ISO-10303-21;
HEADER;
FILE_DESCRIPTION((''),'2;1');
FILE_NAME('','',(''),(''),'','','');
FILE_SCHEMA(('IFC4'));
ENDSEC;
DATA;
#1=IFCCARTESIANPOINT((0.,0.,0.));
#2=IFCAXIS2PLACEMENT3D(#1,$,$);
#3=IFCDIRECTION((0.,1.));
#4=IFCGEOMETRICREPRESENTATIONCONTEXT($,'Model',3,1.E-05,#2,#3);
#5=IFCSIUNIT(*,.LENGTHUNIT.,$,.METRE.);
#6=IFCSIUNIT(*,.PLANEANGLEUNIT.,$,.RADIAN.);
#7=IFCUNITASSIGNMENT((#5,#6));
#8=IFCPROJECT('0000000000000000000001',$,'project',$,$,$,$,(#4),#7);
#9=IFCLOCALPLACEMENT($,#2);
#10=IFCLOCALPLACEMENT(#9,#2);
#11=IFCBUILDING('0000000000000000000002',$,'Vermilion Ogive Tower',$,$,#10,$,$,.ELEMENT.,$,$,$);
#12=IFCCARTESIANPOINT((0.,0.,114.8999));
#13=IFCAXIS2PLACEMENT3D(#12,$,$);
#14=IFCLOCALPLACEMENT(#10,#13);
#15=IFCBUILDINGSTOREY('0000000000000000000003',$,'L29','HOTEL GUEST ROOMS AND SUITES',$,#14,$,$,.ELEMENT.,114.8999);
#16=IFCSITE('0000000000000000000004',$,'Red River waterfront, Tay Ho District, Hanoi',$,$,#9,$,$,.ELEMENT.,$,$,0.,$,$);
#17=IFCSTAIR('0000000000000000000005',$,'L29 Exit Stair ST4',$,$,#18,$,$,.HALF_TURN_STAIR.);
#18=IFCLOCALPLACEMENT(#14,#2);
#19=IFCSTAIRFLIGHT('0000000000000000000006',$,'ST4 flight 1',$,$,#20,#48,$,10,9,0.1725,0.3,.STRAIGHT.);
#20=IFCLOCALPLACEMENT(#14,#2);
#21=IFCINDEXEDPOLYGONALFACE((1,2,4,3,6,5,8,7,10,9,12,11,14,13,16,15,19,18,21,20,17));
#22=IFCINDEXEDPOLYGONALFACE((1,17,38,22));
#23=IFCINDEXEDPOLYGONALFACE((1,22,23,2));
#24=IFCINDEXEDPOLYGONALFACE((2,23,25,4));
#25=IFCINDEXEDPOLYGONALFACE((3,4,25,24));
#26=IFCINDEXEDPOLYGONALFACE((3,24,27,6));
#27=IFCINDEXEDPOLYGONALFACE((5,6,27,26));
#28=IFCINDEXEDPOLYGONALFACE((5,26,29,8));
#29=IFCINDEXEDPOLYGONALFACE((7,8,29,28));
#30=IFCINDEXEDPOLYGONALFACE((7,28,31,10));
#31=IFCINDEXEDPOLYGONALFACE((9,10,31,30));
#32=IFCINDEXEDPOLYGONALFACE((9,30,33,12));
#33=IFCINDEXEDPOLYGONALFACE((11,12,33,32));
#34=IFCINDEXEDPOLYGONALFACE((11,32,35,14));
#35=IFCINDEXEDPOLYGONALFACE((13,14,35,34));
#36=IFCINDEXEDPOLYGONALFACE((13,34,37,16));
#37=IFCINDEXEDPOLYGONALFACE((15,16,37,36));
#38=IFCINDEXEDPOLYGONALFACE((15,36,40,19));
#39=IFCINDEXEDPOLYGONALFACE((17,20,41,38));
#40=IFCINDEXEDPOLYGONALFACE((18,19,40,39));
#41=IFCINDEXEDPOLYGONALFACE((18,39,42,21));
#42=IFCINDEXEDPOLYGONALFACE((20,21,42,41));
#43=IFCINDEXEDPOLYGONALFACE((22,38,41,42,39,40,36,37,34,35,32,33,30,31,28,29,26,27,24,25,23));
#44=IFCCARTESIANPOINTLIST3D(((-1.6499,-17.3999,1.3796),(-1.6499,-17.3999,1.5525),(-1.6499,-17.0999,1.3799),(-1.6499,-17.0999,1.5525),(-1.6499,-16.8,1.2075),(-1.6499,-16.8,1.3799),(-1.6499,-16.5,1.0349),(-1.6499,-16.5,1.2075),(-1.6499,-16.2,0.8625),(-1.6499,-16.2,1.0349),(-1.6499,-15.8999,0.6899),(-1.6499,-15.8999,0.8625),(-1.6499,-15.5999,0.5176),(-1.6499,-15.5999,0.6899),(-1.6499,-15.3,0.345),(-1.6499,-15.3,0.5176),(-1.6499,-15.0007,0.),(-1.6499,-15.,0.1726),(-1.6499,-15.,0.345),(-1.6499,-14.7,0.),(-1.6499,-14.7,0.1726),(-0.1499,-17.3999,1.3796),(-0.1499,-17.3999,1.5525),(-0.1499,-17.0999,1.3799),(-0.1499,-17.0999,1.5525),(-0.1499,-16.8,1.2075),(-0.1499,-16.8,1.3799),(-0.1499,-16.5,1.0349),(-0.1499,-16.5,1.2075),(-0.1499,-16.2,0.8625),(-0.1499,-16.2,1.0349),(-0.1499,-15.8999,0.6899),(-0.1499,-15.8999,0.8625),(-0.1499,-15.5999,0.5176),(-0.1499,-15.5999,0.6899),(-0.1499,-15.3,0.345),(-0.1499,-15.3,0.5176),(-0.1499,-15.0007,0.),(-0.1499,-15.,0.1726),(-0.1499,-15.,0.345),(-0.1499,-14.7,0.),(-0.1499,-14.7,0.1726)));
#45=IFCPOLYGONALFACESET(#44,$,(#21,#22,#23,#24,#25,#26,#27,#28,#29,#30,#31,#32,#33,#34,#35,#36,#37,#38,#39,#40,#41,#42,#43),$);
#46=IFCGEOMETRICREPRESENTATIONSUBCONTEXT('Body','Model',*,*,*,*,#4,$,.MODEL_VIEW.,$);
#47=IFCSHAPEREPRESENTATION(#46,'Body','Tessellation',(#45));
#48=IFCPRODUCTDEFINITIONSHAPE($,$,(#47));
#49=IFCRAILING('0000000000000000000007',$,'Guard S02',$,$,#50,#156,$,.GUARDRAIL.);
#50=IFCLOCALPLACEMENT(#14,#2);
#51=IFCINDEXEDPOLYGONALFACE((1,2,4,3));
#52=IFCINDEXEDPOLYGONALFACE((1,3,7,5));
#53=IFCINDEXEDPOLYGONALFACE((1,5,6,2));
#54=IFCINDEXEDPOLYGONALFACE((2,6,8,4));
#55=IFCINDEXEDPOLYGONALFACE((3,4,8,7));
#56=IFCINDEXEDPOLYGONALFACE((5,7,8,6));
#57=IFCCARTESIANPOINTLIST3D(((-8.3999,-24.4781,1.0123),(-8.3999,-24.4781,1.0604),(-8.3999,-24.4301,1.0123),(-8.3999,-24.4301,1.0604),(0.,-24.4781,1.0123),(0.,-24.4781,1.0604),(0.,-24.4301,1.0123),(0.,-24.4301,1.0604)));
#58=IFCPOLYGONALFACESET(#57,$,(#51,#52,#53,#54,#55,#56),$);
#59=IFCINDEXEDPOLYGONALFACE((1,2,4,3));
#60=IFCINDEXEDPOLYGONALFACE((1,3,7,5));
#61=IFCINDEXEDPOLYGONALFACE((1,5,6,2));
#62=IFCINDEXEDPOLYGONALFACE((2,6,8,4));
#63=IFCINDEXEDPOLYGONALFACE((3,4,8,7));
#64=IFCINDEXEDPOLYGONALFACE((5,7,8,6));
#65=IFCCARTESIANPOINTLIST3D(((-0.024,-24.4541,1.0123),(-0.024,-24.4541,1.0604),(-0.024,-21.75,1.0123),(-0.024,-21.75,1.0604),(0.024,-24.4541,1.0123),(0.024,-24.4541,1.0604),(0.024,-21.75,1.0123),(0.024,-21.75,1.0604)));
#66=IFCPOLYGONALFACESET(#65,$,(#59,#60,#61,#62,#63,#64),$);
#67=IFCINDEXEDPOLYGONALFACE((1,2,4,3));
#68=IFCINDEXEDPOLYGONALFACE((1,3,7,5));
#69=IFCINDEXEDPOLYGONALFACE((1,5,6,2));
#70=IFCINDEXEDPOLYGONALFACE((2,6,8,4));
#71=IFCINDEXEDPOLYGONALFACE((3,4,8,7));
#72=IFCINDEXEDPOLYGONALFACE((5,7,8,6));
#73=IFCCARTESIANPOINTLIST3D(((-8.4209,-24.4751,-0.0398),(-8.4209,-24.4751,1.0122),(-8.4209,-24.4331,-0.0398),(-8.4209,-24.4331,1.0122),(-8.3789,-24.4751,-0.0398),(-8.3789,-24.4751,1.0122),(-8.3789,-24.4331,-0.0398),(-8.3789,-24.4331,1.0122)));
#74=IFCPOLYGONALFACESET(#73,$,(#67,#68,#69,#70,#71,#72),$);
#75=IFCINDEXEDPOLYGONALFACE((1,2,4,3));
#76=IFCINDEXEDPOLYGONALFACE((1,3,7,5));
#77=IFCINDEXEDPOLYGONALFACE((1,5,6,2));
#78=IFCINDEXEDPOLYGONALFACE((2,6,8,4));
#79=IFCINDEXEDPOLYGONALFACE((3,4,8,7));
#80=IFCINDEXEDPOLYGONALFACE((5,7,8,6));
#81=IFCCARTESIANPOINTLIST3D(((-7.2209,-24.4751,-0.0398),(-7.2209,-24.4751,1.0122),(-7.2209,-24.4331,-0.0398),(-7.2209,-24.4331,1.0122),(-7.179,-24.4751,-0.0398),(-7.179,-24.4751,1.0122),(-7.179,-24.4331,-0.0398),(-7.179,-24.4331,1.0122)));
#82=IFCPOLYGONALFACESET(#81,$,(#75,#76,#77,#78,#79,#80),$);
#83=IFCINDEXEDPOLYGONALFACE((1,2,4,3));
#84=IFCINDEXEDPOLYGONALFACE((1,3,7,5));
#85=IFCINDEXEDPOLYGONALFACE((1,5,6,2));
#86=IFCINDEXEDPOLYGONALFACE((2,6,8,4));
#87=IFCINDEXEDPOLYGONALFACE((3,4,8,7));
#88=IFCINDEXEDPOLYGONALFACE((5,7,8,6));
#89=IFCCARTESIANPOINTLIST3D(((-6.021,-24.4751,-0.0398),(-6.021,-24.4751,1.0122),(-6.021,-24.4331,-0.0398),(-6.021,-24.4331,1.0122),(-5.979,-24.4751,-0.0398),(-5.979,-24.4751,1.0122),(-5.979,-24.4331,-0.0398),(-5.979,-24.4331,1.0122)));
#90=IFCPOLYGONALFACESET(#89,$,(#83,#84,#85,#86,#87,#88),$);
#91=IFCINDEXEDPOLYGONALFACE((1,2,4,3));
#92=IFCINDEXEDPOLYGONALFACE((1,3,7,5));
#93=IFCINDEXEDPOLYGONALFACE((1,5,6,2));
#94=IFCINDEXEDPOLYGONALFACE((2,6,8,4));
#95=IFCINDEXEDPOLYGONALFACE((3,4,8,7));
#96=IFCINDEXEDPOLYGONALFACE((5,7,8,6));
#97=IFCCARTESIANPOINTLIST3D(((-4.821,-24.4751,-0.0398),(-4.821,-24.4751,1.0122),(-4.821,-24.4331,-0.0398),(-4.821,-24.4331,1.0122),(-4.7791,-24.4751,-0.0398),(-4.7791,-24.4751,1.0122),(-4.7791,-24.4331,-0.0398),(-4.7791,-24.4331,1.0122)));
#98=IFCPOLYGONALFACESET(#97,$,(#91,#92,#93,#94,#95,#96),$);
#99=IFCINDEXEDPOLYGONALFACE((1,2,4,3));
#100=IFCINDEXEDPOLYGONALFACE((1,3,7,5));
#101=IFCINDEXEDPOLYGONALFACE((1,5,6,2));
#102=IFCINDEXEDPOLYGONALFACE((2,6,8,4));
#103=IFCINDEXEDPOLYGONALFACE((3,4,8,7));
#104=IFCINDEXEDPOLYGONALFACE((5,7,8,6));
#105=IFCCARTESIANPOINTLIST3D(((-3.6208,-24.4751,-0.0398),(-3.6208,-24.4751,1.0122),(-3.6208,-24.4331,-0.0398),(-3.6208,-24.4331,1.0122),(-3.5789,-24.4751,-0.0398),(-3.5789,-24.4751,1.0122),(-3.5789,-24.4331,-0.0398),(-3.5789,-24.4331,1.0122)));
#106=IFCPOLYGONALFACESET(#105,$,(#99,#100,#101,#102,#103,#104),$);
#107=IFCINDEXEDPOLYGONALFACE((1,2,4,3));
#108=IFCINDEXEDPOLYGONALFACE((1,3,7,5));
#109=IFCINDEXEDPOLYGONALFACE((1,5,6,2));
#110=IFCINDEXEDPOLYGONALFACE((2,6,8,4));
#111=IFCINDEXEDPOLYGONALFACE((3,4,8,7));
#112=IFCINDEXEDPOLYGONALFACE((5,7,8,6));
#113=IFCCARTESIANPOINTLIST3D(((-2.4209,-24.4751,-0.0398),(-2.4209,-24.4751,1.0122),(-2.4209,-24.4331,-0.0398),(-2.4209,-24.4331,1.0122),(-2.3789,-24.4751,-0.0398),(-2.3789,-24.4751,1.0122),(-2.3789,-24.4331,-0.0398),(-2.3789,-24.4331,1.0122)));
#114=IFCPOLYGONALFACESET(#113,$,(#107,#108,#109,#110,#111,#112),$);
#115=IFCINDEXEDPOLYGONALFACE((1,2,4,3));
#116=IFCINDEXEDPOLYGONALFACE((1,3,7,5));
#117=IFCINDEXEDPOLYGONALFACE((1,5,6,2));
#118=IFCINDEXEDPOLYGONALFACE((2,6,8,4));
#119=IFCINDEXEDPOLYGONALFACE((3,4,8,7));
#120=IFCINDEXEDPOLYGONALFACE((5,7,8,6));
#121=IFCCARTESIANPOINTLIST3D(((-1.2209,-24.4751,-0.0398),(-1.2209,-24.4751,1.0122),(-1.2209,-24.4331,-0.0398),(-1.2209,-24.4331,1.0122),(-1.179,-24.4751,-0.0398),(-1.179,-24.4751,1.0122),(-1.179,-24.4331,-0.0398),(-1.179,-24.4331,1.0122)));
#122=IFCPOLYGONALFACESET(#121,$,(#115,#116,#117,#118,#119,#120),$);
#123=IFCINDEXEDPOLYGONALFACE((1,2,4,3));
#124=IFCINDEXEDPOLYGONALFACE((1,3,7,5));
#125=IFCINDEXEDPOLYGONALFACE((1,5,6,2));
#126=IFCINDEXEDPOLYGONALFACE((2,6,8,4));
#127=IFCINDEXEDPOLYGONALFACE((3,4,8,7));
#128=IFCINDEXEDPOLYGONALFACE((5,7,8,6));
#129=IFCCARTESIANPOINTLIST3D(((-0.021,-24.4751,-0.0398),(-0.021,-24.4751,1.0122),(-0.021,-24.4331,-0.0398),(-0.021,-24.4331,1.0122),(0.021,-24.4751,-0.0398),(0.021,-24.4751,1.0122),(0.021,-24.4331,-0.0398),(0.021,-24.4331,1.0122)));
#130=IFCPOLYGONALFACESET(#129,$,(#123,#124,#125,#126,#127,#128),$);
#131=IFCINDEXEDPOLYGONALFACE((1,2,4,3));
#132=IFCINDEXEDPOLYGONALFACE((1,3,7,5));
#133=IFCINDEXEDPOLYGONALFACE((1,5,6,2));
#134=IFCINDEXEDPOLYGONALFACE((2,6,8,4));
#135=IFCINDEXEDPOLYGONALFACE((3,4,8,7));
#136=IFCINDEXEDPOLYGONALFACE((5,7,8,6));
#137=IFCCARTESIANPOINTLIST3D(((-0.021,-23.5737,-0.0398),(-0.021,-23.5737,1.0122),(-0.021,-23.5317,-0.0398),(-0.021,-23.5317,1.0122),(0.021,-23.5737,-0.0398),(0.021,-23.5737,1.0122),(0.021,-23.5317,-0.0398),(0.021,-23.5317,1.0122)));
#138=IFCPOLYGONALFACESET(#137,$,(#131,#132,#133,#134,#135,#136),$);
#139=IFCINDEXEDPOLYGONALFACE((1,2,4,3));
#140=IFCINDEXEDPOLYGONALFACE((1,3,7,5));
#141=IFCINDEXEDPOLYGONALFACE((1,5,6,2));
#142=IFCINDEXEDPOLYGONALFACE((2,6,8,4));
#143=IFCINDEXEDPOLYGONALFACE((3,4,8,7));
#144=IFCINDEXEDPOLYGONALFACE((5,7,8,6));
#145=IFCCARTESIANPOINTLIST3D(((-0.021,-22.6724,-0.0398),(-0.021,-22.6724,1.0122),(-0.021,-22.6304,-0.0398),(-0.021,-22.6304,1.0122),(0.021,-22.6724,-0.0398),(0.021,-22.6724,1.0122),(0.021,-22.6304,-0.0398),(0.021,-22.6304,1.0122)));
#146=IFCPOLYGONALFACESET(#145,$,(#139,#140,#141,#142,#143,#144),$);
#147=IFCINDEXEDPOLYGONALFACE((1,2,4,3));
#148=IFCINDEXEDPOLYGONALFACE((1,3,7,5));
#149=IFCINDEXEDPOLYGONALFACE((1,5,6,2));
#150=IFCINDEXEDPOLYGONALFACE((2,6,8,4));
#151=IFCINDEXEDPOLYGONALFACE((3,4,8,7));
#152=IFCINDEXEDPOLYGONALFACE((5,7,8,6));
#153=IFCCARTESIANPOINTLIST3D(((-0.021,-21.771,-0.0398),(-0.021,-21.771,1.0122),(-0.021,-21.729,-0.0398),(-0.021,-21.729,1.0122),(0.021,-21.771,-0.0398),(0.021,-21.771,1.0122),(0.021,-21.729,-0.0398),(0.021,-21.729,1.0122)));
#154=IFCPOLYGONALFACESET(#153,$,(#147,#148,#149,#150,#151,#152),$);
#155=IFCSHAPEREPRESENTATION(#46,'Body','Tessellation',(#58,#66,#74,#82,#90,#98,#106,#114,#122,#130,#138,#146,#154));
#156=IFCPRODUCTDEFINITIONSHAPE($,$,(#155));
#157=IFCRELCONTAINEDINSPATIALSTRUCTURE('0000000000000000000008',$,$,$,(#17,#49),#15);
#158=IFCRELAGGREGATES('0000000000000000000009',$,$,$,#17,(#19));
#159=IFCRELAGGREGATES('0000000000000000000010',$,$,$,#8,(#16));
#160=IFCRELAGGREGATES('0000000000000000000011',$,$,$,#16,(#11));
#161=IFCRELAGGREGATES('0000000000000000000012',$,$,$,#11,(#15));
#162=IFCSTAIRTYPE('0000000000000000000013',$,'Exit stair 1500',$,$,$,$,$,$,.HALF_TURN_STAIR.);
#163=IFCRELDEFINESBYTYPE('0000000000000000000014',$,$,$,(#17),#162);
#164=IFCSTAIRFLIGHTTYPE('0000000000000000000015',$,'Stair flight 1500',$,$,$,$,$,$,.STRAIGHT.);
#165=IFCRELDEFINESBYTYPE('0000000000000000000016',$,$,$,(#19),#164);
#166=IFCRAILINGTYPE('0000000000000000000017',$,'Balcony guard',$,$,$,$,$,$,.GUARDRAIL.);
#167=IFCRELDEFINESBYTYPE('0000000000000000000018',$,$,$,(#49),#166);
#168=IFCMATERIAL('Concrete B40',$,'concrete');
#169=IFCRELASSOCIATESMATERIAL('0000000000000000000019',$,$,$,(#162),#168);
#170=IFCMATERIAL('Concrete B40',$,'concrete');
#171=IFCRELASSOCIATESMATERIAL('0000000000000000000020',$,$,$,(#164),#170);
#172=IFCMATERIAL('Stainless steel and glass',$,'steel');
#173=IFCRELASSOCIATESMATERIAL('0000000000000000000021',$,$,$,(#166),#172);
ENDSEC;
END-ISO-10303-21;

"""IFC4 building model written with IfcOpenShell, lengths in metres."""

from ifc_helpers import new_model, si_unit, direction, frame, origin, origin_2d, place, context, subcontext, project, spatial, polyline, rectangle, outline, extrude, material, type_object, element, aggregate, save


model = new_model("IFC4")

# Units and contexts
model_context = context("Model", 3, precision=1e-05, world=origin(), true_north=direction((0.0, 1.0)))
body_context = subcontext(model_context, "Body", "Model", "MODEL_VIEW")
ifc_project = project(units=[si_unit("LENGTHUNIT", "METRE"), si_unit("PLANEANGLEUNIT", "RADIAN")], contexts=[model_context])

# Site, building, storey
site_placement = place(None, origin())
site = spatial("IfcSite", under=ifc_project, at=site_placement, Name="Red River waterfront, Tay Ho District, Hanoi", CompositionType="ELEMENT", RefElevation=0.0)
building_placement = place(site_placement, origin())
building = spatial("IfcBuilding", under=site, at=building_placement, Name="Vermilion Ogive Tower", CompositionType="ELEMENT")
storey_placement = place(building_placement, frame((0.0, 0.0, 114.8999)))
storey = spatial("IfcBuildingStorey", under=building, at=storey_placement, Name="L29", Description="HOTEL GUEST ROOMS AND SUITES", CompositionType="ELEMENT", Elevation=114.8999)

# Shared definitions
ifc_material_1 = material(Name="Concrete B40", Category="concrete")
stair_type = type_object("IfcStairType", Name="Exit stair 1500", PredefinedType="HALF_TURN_STAIR", material=ifc_material_1)
ifc_material_2 = material(Name="Concrete B40", Category="concrete")
stair_flight_type = type_object("IfcStairFlightType", Name="Stair flight 1500", PredefinedType="STRAIGHT", material=ifc_material_2)

# Stair, stair flight
stair_1_placement = place(storey_placement, origin())
stair_1 = element("IfcStair", 1, at=stair_1_placement, inside=storey, type_object=stair_type, Name="L29 Exit Stair ST4", PredefinedType="HALF_TURN_STAIR")
stair_flight_1_placement = place(storey_placement, frame((-0.8999, -14.7, 0.0), z_axis=(0.0, 0.0, 1.0), x_axis=(0.0, -1.0, 0.0)))
stair_flight_1 = element("IfcStairFlight", 2, at=stair_flight_1_placement, type_object=stair_flight_type, Name="ST4 flight 1", NumberOfRisers=10, NumberOfTreads=9, PredefinedType="STRAIGHT", RiserHeight=0.1725, TreadLength=0.3, context=body_context, shape_type="SweptSolid", body=[
    extrude(outline(polyline([(0.0, 0.0), (0.0, 0.1726), (0.3, 0.1726), (0.3, 0.345), (0.6001, 0.345), (0.6001, 0.5176), (0.8999, 0.5176), (0.8999, 0.6899), (1.2, 0.6899), (1.2, 0.8625), (1.5, 0.8625), (1.5, 1.0349), (1.8, 1.0349), (1.8, 1.2075), (2.1001, 1.2075), (2.1001, 1.3799), (2.3999, 1.3799), (2.3999, 1.5525), (2.7, 1.5525), (2.7, 1.7251), (2.7, 1.3796), (0.3008, 0.0), (0.0, 0.0)])), frame((0.0, 0.75, 0.0), z_axis=(0.0, -1.0, 0.0), x_axis=(1.0, 0.0, 0.0)), (0.0, 0.0, 1.0), 1.5),
])
aggregate(stair_1, [stair_flight_1])

# Railing
ifc_material_3 = material(Name="Stainless steel and glass", Category="steel")
railing_type_1 = type_object("IfcRailingType", Name="Balcony guard", PredefinedType="GUARDRAIL", material=ifc_material_3)
railing_1_placement = place(storey_placement, frame((-8.3999, -24.4541, -0.0398)))
element("IfcRailing", 3, at=railing_1_placement, inside=storey, type_object=railing_type_1, Name="Guard S02", PredefinedType="GUARDRAIL", context=body_context, shape_type="SweptSolid", body=[
    extrude(rectangle(XDim=0.0481, YDim=0.0481, at=origin_2d()), frame((0.0, 0.0, 1.0762), z_axis=(1.0, 0.0, 0.0), x_axis=(0.0, 1.0, 0.0)), (0.0, 0.0, 1.0), 8.3999),
    extrude(rectangle(XDim=0.0481, YDim=0.0481, at=origin_2d()), frame((8.3999, 0.0, 1.0762), z_axis=(0.0, 1.0, 0.0), x_axis=(-1.0, 0.0, 0.0)), (0.0, 0.0, 1.0), 2.7041),
    extrude(rectangle(XDim=0.042, YDim=0.042, at=origin_2d()), origin(), (0.0, 0.0, 1.0), 1.052),
    extrude(rectangle(XDim=0.042, YDim=0.042, at=origin_2d()), frame((1.2, 0.0, 0.0)), (0.0, 0.0, 1.0), 1.052),
    extrude(rectangle(XDim=0.042, YDim=0.042, at=origin_2d()), frame((2.3999, 0.0, 0.0)), (0.0, 0.0, 1.0), 1.052),
    extrude(rectangle(XDim=0.042, YDim=0.042, at=origin_2d()), frame((3.5999, 0.0, 0.0)), (0.0, 0.0, 1.0), 1.052),
    extrude(rectangle(XDim=0.042, YDim=0.042, at=origin_2d()), frame((4.8, 0.0, 0.0)), (0.0, 0.0, 1.0), 1.052),
    extrude(rectangle(XDim=0.042, YDim=0.042, at=origin_2d()), frame((6.0, 0.0, 0.0)), (0.0, 0.0, 1.0), 1.052),
    extrude(rectangle(XDim=0.042, YDim=0.042, at=origin_2d()), frame((7.2, 0.0, 0.0)), (0.0, 0.0, 1.0), 1.052),
    extrude(rectangle(XDim=0.042, YDim=0.042, at=origin_2d()), frame((8.3999, 0.0, 0.0)), (0.0, 0.0, 1.0), 1.052),
    extrude(rectangle(XDim=0.042, YDim=0.042, at=origin_2d()), frame((8.3999, 0.9014, 0.0)), (0.0, 0.0, 1.0), 1.052),
    extrude(rectangle(XDim=0.042, YDim=0.042, at=origin_2d()), frame((8.3999, 1.8027, 0.0)), (0.0, 0.0, 1.0), 1.052),
    extrude(rectangle(XDim=0.042, YDim=0.042, at=origin_2d()), frame((8.3999, 2.7041, 0.0)), (0.0, 0.0, 1.0), 1.052),
])

save(model, "model.ifc")
